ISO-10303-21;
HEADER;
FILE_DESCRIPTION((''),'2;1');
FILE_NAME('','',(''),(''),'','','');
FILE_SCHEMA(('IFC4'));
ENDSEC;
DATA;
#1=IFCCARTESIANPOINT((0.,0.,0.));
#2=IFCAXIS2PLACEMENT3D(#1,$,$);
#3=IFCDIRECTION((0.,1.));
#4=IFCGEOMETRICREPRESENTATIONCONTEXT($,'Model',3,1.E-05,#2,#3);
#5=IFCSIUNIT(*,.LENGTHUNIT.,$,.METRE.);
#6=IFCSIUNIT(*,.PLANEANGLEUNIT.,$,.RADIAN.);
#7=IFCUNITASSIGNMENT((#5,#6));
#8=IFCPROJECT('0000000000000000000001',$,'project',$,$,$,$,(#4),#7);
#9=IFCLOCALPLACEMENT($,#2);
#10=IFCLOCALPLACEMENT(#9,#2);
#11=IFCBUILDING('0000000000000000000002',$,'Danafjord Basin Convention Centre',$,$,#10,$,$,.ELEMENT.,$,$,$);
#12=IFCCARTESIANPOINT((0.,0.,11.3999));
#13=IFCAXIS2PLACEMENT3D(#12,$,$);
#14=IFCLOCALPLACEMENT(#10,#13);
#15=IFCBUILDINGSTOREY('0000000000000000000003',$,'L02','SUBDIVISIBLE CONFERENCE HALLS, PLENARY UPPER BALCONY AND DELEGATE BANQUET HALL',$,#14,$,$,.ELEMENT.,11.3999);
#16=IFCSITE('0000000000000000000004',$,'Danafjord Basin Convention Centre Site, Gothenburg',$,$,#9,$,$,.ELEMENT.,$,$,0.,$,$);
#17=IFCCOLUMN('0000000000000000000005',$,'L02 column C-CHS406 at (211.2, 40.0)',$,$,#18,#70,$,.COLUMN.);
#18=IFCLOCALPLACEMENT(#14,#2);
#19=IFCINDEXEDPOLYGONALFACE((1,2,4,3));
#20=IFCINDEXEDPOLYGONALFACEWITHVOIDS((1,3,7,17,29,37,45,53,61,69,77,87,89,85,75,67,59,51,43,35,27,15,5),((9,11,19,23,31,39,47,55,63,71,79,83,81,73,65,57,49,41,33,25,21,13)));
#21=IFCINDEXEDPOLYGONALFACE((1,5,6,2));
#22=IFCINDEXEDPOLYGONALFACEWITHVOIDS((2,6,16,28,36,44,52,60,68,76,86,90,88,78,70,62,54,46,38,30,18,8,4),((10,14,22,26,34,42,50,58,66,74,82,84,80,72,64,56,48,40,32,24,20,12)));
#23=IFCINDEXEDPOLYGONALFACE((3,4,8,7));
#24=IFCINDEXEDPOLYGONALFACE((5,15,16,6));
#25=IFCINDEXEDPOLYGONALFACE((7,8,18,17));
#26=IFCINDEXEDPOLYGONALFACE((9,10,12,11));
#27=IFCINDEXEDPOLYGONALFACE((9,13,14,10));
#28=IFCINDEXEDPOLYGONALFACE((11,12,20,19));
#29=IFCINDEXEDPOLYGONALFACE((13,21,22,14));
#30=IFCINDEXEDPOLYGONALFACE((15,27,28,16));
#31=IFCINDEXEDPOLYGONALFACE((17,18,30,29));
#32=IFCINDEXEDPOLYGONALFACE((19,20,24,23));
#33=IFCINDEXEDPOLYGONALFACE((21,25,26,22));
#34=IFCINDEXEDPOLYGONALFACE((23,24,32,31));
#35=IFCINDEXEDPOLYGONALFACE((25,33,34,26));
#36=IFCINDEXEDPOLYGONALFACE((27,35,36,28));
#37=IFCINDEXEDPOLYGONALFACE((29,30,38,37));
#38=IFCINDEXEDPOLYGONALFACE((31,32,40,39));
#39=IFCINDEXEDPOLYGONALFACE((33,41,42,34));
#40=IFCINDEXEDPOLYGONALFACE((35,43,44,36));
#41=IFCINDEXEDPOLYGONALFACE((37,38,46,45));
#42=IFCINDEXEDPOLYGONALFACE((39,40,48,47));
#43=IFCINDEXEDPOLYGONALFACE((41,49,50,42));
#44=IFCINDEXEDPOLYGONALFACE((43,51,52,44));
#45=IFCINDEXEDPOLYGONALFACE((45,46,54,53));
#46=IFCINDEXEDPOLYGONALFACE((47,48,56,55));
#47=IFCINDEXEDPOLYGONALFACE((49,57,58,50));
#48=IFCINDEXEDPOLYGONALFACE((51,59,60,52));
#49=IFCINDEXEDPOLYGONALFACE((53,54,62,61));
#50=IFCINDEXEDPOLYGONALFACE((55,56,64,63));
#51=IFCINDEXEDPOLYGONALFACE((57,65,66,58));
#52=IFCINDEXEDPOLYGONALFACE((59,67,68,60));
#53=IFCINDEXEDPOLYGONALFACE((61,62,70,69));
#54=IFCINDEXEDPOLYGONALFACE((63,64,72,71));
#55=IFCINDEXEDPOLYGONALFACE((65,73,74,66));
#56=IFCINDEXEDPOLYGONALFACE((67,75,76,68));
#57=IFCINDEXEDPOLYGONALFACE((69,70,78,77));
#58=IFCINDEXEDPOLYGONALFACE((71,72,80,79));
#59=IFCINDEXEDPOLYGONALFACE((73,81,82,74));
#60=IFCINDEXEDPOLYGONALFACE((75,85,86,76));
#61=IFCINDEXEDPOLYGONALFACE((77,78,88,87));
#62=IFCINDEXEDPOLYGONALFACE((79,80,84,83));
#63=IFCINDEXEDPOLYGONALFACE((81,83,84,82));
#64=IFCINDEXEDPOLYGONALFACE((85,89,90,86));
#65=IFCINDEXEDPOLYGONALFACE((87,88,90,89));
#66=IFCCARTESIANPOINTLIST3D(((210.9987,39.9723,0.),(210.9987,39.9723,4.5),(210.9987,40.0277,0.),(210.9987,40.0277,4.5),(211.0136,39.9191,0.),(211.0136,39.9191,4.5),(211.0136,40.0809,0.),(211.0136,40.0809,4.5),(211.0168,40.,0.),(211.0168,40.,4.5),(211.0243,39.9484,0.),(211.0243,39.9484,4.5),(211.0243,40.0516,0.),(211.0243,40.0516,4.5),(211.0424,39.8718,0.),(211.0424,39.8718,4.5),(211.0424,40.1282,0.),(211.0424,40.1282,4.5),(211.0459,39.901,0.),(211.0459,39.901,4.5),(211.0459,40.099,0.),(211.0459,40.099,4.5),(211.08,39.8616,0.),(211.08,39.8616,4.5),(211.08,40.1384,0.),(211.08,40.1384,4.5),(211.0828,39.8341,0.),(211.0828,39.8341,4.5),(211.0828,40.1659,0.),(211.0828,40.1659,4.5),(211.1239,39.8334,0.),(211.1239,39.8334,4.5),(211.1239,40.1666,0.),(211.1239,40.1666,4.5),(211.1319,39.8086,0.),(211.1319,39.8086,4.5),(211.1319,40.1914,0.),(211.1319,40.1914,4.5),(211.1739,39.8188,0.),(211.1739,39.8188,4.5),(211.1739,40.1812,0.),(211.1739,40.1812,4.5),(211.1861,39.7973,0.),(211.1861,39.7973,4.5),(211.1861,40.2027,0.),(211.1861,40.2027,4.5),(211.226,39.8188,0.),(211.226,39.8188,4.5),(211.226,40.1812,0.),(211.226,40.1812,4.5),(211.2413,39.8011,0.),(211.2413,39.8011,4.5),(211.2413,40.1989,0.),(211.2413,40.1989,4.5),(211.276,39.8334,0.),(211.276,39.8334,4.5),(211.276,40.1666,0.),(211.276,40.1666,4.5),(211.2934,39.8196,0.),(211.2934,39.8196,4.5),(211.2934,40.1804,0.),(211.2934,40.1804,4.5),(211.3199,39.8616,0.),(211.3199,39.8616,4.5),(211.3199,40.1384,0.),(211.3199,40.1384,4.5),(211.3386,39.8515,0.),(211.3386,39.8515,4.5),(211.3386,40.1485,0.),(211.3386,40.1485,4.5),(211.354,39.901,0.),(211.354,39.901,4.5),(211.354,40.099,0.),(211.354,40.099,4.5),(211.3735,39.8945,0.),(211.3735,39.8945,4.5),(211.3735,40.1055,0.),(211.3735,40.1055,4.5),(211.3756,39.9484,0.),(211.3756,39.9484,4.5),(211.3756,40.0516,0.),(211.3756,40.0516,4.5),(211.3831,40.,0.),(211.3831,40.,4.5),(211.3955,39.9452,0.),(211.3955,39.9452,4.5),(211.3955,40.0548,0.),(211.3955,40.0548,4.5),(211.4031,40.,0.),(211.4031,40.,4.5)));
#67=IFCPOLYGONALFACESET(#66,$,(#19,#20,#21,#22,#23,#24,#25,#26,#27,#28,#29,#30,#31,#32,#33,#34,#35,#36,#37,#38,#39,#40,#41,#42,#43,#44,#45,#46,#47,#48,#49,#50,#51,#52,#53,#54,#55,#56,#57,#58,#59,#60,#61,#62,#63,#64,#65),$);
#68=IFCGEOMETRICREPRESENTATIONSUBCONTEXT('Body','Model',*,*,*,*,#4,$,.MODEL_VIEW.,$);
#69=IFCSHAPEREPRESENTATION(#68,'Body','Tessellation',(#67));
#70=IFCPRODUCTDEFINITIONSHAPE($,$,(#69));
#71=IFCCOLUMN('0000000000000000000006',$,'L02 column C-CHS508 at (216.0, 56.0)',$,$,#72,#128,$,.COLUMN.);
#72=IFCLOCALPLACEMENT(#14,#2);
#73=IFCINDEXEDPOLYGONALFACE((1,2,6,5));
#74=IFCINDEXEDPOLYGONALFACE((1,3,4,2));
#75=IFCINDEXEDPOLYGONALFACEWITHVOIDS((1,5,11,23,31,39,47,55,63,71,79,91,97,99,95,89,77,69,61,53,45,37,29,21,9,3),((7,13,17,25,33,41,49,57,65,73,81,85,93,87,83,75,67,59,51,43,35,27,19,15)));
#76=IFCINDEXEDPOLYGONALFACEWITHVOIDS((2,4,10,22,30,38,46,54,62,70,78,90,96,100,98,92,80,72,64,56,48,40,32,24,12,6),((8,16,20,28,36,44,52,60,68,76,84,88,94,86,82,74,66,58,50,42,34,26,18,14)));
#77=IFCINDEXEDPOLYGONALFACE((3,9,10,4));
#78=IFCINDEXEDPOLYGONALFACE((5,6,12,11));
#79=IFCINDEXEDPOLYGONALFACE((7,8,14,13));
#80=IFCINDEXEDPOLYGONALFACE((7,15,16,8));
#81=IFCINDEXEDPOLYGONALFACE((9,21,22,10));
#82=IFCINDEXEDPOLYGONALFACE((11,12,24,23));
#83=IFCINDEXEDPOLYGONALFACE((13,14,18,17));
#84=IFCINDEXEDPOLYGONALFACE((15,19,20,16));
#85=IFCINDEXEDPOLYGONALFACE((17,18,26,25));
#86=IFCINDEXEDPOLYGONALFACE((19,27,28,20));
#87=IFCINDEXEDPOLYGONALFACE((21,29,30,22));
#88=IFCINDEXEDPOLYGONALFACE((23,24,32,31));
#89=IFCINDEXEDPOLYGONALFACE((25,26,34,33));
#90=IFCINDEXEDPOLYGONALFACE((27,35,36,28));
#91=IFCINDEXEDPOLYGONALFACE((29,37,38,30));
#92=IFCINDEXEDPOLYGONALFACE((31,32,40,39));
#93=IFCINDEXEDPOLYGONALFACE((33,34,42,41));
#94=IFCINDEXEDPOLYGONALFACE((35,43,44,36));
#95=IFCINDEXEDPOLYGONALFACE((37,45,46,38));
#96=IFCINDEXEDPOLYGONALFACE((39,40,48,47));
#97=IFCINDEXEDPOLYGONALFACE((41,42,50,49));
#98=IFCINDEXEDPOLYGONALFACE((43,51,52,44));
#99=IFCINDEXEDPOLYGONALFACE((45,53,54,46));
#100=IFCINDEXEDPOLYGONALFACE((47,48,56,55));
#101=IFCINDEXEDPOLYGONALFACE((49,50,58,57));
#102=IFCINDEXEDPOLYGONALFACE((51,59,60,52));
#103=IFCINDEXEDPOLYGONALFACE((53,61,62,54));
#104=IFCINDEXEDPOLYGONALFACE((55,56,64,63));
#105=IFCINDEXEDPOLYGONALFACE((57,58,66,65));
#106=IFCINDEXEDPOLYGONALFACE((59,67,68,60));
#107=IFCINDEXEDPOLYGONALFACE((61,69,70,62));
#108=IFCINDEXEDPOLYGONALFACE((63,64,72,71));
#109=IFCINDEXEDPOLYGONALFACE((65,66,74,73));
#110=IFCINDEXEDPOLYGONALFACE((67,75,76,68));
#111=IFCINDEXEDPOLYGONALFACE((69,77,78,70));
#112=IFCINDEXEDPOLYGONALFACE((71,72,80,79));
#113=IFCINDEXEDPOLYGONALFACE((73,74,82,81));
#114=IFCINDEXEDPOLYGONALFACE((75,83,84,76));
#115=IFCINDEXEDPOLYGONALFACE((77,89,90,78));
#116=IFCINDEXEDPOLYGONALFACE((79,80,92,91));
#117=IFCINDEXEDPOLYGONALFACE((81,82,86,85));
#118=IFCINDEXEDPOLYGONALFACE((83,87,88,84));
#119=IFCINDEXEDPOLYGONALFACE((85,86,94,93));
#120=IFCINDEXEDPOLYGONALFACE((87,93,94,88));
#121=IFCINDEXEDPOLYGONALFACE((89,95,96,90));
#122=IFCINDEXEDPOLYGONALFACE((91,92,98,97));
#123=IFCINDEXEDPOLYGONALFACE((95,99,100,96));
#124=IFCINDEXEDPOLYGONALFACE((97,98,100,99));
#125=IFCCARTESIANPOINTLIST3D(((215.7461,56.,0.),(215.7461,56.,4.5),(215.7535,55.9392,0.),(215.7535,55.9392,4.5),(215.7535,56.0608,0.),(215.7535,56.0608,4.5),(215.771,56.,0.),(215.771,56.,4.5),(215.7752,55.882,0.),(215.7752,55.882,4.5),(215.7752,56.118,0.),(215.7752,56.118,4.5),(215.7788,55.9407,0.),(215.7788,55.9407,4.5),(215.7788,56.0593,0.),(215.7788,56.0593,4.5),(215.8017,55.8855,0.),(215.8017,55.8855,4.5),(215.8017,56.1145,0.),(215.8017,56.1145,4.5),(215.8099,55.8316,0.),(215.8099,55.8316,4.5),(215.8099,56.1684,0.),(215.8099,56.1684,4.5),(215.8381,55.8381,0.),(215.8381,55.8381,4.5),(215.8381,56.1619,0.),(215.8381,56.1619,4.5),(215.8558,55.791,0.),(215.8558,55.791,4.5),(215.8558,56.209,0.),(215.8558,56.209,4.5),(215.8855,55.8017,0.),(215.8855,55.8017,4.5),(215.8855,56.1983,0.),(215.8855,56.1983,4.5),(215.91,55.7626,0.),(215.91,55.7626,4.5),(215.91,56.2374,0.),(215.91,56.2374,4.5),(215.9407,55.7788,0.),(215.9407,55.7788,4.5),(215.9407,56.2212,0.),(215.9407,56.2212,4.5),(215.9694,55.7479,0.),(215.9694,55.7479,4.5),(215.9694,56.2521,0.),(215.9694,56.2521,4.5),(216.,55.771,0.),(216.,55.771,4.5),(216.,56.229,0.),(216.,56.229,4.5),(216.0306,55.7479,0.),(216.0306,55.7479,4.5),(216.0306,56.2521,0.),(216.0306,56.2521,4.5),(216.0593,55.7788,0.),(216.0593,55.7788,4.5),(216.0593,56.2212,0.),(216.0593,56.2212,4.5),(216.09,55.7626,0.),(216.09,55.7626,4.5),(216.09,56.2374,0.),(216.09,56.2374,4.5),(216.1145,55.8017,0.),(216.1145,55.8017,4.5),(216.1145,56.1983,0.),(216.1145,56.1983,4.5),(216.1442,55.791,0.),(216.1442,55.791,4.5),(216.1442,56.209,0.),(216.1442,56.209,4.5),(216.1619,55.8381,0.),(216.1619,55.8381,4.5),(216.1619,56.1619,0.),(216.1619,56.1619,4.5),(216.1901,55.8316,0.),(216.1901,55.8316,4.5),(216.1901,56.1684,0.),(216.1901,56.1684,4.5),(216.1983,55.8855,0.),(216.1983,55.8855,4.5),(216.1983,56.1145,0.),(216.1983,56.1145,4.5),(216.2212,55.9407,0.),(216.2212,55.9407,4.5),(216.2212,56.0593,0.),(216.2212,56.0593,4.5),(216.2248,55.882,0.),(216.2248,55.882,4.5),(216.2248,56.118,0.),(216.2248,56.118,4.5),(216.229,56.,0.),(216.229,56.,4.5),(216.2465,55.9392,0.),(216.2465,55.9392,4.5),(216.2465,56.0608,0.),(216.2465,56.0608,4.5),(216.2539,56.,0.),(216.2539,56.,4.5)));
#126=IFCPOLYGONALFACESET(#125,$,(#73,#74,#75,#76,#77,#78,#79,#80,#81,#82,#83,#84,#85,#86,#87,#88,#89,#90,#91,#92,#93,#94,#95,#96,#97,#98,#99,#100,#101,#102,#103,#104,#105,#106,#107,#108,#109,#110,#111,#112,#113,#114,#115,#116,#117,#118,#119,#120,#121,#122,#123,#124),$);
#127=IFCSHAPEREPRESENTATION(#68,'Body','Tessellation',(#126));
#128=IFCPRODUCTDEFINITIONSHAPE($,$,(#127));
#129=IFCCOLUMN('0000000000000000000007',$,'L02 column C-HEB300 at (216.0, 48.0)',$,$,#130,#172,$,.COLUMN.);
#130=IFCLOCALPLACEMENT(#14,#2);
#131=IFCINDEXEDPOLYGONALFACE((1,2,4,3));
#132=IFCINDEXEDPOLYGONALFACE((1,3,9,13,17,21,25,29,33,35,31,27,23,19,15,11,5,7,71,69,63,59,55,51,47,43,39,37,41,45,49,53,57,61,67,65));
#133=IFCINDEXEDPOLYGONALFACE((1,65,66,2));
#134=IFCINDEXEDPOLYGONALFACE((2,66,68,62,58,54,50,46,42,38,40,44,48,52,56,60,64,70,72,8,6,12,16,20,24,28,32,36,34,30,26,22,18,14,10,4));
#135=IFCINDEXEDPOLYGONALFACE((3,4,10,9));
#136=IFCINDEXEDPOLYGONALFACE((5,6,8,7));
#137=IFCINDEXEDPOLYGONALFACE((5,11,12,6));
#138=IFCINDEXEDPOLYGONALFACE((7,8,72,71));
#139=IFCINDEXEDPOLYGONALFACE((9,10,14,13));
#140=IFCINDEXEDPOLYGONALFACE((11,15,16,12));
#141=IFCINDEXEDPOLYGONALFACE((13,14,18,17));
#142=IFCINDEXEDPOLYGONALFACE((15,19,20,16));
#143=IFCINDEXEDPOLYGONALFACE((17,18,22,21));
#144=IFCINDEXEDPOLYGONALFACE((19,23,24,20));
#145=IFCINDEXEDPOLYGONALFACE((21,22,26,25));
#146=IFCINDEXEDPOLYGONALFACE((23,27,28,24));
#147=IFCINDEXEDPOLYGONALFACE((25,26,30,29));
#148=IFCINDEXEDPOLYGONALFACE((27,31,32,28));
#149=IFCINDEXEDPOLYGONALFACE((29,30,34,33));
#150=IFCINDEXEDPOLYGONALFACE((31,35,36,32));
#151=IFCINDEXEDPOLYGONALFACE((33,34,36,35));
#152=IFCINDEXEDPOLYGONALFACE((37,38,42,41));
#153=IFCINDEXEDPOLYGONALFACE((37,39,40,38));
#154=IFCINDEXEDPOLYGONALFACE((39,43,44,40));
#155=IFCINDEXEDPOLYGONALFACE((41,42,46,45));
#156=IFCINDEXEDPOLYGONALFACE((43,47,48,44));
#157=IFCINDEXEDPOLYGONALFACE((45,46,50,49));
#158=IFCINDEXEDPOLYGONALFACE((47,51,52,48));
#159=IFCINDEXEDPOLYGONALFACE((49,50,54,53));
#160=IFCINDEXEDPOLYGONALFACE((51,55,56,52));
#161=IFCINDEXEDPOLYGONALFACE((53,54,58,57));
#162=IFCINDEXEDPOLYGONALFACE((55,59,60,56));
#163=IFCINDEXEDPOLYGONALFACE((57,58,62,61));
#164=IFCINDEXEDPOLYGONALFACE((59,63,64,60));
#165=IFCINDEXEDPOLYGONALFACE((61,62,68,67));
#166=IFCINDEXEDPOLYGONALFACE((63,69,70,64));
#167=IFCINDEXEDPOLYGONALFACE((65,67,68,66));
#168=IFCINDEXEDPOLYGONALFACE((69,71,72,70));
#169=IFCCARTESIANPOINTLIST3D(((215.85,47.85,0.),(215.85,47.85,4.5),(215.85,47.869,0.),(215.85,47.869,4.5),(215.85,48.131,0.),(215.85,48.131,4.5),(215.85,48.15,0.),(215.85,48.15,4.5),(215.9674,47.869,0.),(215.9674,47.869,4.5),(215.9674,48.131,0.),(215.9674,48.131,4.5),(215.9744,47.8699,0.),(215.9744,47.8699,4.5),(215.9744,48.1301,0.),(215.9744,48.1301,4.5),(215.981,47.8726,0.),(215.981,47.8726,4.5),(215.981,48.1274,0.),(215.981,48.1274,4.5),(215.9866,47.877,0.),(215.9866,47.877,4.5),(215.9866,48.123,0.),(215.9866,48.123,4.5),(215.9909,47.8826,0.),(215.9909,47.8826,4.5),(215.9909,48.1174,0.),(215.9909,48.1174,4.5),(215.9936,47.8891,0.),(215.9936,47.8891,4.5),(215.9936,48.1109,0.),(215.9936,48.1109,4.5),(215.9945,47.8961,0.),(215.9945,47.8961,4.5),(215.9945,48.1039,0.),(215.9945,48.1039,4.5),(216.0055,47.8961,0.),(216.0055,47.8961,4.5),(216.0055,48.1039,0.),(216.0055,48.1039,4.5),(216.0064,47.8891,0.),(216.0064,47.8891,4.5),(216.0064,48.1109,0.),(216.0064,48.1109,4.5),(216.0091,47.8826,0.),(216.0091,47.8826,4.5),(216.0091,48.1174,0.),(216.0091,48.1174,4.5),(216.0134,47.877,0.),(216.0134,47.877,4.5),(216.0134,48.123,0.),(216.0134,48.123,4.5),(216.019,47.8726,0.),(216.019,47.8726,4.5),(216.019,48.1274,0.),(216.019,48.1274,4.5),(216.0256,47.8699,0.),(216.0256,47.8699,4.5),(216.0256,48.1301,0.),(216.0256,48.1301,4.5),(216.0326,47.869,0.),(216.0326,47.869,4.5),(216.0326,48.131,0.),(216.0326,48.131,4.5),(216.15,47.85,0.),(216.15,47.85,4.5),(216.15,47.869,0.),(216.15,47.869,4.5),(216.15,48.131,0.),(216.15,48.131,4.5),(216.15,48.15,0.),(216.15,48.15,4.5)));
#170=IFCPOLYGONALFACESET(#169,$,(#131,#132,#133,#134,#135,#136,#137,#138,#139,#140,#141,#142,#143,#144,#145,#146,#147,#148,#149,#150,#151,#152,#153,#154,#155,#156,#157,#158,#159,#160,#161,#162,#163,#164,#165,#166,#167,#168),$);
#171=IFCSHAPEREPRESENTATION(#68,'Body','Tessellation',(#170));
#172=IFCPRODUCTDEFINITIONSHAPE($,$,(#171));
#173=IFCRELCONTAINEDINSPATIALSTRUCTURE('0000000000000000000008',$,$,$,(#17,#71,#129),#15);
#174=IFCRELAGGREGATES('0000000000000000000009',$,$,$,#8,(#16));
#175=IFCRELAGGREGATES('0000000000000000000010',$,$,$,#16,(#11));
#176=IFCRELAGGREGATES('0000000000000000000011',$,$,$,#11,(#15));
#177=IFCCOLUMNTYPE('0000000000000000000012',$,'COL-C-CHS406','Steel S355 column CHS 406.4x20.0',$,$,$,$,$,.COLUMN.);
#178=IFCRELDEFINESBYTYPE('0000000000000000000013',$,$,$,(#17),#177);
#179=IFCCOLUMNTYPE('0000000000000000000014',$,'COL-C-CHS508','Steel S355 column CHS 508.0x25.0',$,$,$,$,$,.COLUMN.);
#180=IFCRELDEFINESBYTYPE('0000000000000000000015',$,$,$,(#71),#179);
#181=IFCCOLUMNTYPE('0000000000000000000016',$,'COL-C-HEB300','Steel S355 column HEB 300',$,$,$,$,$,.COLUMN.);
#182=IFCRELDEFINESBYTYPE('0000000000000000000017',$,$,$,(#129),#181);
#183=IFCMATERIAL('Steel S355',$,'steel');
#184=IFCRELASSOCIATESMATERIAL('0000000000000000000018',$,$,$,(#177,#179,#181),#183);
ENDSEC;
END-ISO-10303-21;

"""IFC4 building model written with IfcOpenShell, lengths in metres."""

from ifc_helpers import new_model, si_unit, direction, frame, origin, origin_2d, place, context, subcontext, project, spatial, hollow_circle, i_section, extrude, material, material_profile, profile_set, type_object, element, save


model = new_model("IFC4")

# Units and contexts
model_context = context("Model", 3, precision=1e-05, world=origin(), true_north=direction((0.0, 1.0)))
body_context = subcontext(model_context, "Body", "Model", "MODEL_VIEW")
ifc_project = project(units=[si_unit("LENGTHUNIT", "METRE"), si_unit("PLANEANGLEUNIT", "RADIAN")], contexts=[model_context])

# Site, building, storey
site_placement = place(None, origin())
site = spatial("IfcSite", under=ifc_project, at=site_placement, Name="Danafjord Basin Convention Centre Site, Gothenburg", CompositionType="ELEMENT", RefElevation=0.0)
building_placement = place(site_placement, origin())
building = spatial("IfcBuilding", under=site, at=building_placement, Name="Danafjord Basin Convention Centre", CompositionType="ELEMENT")
storey_placement = place(building_placement, frame((0.0, 0.0, 11.3999)))
storey = spatial("IfcBuildingStorey", under=building, at=storey_placement, Name="L02", Description="SUBDIVISIBLE CONFERENCE HALLS, PLENARY UPPER BALCONY AND DELEGATE BANQUET HALL", CompositionType="ELEMENT", Elevation=11.3999)

# Columns
ifc_material_1 = material(Name="Steel S355", Category="steel")
ifc_material_profile_1 = material_profile(ifc_material_1, hollow_circle(Radius=0.2031, WallThickness=0.02, at=origin_2d()), Name="CHS 406.4x20.0")
ifc_profile_set_1 = profile_set([ifc_material_profile_1], Name="Steel S355")
column_type_1 = type_object("IfcColumnType", Name="COL-C-CHS406", Description="Steel S355 column CHS 406.4x20.0", PredefinedType="COLUMN", material=ifc_profile_set_1)
column_1_placement = place(storey_placement, frame((211.2, 40.0, 0.0), z_axis=(0.0, 0.0, 1.0), x_axis=(1.0, 0.0, 0.0)))
element("IfcColumn", 1, at=column_1_placement, inside=storey, type_object=column_type_1, Name="L02 column C-CHS406 at (211.2, 40.0)", PredefinedType="COLUMN", context=body_context, shape_type="SweptSolid", body=[
    extrude(hollow_circle(Radius=0.2031, WallThickness=0.02, at=origin_2d()), origin(), (0.0, 0.0, 1.0), 4.5),
])
ifc_material_profile_2 = material_profile(ifc_material_1, hollow_circle(Radius=0.2539, WallThickness=0.0249, at=origin_2d()), Name="CHS 508.0x25.0")
ifc_profile_set_2 = profile_set([ifc_material_profile_2], Name="Steel S355")
column_type_2 = type_object("IfcColumnType", Name="COL-C-CHS508", Description="Steel S355 column CHS 508.0x25.0", PredefinedType="COLUMN", material=ifc_profile_set_2)
column_2_placement = place(storey_placement, frame((216.0, 56.0, 0.0), z_axis=(0.0, 0.0, 1.0), x_axis=(1.0, 0.0, 0.0)))
element("IfcColumn", 2, at=column_2_placement, inside=storey, type_object=column_type_2, Name="L02 column C-CHS508 at (216.0, 56.0)", PredefinedType="COLUMN", context=body_context, shape_type="SweptSolid", body=[
    extrude(hollow_circle(Radius=0.2539, WallThickness=0.0249, at=origin_2d()), origin(), (0.0, 0.0, 1.0), 4.5),
])
ifc_material_profile_3 = material_profile(ifc_material_1, i_section(OverallWidth=0.3, OverallDepth=0.3, WebThickness=0.011, FlangeThickness=0.019, FilletRadius=0.0271, at=origin_2d()), Name="HEB 300")
ifc_profile_set_3 = profile_set([ifc_material_profile_3], Name="Steel S355")
column_type_3 = type_object("IfcColumnType", Name="COL-C-HEB300", Description="Steel S355 column HEB 300", PredefinedType="COLUMN", material=ifc_profile_set_3)
column_3_placement = place(storey_placement, frame((216.0, 48.0, 0.0), z_axis=(0.0, 0.0, 1.0), x_axis=(1.0, 0.0, 0.0)))
element("IfcColumn", 3, at=column_3_placement, inside=storey, type_object=column_type_3, Name="L02 column C-HEB300 at (216.0, 48.0)", PredefinedType="COLUMN", context=body_context, shape_type="SweptSolid", body=[
    extrude(i_section(OverallWidth=0.3, OverallDepth=0.3, WebThickness=0.011, FlangeThickness=0.019, FilletRadius=0.0271, at=origin_2d()), origin(), (0.0, 0.0, 1.0), 4.5),
])

save(model, "model.ifc")
